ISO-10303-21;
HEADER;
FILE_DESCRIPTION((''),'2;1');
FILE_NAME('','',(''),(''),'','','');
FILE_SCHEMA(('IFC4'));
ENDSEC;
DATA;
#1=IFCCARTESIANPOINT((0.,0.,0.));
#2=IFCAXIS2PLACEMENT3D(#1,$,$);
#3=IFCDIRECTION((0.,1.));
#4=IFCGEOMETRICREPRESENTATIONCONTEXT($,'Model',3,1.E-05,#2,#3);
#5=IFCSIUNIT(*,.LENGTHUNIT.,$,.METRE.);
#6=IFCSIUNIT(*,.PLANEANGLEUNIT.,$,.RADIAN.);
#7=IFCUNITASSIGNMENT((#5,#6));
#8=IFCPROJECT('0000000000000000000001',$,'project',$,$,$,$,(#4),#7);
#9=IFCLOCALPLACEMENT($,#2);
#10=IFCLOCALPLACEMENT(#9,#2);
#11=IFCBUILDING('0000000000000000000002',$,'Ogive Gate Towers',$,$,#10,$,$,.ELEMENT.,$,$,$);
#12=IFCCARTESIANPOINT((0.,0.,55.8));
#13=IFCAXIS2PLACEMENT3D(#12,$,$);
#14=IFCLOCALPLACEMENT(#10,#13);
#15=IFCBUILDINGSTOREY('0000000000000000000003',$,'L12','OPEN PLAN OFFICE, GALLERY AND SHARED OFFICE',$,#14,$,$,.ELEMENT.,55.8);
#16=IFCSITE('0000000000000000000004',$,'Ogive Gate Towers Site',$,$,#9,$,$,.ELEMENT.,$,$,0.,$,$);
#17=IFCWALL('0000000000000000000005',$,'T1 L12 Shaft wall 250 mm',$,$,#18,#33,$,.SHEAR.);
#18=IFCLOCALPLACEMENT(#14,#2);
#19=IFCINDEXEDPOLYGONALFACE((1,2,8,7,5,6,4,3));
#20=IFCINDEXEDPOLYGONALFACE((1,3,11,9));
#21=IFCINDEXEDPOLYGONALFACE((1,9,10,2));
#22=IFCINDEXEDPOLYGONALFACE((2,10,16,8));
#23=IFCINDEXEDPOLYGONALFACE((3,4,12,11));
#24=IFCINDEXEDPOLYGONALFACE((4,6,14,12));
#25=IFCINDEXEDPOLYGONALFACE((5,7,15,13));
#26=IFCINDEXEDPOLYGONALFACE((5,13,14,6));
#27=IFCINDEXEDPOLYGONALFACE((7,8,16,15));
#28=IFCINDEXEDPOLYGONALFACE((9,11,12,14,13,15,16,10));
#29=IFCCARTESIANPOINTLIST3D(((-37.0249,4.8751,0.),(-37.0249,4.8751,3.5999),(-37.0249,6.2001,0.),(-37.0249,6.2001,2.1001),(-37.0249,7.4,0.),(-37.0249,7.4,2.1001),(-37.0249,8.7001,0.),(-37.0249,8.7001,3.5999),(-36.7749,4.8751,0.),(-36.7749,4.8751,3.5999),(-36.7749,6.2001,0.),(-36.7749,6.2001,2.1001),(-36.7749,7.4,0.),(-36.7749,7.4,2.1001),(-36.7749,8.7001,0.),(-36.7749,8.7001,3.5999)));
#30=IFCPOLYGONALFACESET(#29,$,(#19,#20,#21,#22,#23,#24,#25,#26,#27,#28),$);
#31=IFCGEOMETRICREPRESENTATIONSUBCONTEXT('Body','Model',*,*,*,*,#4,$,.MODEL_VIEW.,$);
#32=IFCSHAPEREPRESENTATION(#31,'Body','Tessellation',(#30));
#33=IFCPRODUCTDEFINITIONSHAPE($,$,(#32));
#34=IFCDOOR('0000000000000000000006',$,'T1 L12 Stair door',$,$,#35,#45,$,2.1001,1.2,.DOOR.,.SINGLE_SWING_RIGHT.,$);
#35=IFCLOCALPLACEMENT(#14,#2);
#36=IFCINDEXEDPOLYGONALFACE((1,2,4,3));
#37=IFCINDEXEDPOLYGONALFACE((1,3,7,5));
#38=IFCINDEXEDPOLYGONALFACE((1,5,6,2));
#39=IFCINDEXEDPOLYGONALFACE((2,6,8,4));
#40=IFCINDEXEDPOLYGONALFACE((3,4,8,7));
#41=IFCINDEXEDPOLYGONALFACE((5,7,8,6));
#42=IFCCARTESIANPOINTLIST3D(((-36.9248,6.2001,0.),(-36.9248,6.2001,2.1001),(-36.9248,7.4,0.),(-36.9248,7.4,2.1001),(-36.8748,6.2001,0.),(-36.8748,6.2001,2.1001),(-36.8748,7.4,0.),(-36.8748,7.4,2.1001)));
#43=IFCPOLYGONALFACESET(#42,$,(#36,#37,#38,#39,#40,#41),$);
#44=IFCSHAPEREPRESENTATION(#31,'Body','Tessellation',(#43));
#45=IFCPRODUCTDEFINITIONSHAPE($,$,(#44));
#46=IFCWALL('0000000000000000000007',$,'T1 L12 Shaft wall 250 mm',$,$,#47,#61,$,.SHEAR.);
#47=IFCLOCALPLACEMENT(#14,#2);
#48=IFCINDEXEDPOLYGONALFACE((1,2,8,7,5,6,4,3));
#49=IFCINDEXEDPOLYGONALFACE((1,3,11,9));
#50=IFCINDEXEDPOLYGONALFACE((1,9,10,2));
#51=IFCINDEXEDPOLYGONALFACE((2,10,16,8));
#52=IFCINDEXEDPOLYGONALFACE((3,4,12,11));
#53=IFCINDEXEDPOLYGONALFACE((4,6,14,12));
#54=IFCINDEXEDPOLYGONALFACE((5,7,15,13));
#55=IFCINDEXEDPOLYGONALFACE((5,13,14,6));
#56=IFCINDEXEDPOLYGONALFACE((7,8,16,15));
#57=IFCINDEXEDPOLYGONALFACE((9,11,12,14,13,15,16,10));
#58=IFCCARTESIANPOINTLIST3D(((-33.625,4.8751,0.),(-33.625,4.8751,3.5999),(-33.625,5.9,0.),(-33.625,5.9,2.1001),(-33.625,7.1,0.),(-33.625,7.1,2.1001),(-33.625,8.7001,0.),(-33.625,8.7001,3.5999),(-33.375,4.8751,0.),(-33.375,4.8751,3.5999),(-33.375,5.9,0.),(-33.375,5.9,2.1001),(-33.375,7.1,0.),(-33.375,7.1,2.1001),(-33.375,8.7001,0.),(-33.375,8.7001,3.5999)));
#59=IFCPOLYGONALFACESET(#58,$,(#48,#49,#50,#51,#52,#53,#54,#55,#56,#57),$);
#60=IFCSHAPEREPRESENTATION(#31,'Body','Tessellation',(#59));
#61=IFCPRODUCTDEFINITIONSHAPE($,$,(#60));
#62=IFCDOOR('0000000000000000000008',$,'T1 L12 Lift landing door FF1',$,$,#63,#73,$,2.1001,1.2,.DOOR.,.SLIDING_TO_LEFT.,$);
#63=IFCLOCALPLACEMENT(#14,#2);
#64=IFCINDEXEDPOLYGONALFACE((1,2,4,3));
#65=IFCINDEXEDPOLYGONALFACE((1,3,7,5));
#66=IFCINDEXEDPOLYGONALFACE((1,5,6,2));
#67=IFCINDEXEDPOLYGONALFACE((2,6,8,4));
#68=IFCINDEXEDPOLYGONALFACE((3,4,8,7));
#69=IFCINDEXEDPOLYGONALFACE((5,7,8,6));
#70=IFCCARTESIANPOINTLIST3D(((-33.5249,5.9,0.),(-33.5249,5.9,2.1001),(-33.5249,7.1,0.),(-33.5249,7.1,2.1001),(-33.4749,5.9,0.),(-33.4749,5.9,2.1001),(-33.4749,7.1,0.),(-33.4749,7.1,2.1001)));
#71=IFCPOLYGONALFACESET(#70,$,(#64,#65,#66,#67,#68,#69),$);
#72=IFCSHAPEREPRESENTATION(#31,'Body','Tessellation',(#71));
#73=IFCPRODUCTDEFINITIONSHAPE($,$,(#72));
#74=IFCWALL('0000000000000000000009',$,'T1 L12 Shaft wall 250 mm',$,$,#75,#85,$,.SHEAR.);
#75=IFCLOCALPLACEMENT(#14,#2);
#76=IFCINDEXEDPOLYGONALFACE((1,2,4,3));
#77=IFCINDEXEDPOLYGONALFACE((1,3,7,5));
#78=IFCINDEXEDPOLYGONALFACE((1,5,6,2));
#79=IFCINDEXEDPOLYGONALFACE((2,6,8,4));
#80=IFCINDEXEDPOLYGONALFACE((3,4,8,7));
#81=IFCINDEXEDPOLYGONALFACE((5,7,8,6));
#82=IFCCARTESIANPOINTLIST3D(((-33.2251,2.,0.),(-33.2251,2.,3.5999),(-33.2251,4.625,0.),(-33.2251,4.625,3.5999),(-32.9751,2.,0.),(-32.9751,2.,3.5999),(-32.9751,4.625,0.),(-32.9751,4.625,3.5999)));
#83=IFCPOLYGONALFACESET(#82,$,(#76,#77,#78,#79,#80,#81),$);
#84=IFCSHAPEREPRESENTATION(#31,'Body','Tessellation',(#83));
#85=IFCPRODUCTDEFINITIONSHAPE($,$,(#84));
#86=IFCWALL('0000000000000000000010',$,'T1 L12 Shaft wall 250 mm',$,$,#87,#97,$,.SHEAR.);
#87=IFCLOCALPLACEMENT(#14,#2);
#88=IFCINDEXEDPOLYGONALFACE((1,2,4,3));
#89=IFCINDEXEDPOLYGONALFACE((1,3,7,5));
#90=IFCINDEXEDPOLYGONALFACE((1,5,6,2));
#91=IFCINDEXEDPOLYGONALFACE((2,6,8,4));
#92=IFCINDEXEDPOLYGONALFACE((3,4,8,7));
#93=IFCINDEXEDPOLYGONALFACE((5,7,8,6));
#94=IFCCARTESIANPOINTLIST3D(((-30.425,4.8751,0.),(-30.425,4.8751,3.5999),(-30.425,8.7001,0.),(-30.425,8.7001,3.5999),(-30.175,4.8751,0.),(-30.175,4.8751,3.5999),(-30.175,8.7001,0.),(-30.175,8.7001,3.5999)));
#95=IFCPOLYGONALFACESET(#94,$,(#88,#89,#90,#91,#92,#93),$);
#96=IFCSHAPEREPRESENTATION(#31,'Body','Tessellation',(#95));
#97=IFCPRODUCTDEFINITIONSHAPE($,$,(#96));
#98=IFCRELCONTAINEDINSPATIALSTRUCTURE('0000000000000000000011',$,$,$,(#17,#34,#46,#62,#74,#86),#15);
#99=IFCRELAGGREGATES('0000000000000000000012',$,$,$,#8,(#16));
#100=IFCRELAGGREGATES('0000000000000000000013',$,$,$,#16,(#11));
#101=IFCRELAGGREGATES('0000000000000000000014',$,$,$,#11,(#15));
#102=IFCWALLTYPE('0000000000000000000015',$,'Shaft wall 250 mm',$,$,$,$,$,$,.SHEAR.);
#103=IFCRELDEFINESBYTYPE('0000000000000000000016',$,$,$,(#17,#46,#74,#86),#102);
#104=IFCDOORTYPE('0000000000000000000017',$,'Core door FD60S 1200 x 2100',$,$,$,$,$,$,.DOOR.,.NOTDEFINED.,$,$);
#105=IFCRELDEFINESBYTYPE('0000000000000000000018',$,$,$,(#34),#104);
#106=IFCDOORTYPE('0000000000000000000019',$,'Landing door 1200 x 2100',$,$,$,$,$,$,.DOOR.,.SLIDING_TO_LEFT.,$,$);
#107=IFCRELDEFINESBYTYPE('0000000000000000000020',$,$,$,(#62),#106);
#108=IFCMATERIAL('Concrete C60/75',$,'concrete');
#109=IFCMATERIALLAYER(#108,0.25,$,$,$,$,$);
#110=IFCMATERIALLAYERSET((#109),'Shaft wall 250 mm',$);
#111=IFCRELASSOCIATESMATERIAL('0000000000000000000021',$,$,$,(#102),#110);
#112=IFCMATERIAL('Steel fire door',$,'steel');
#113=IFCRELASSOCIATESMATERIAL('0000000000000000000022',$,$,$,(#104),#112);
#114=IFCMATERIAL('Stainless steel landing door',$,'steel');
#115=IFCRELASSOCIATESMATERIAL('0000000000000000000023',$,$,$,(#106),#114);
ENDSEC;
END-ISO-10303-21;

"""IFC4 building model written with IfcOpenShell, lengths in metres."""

from ifc_helpers import new_model, si_unit, direction, frame, frame_2d, origin, place, context, subcontext, project, spatial, rectangle, extrude, material, layer, layer_set, type_object, element, fill, save


model = new_model("IFC4")

# Units and contexts
model_context = context("Model", 3, precision=1e-05, world=origin(), true_north=direction((0.0, 1.0)))
body_context = subcontext(model_context, "Body", "Model", "MODEL_VIEW")
ifc_project = project(units=[si_unit("LENGTHUNIT", "METRE"), si_unit("PLANEANGLEUNIT", "RADIAN")], contexts=[model_context])

# Site, building, storey
site_placement = place(None, origin())
site = spatial("IfcSite", under=ifc_project, at=site_placement, Name="Ogive Gate Towers Site", CompositionType="ELEMENT", RefElevation=0.0)
building_placement = place(site_placement, origin())
building = spatial("IfcBuilding", under=site, at=building_placement, Name="Ogive Gate Towers", CompositionType="ELEMENT")
storey_placement = place(building_placement, frame((0.0, 0.0, 55.8)))
storey = spatial("IfcBuildingStorey", under=building, at=storey_placement, Name="L12", Description="OPEN PLAN OFFICE, GALLERY AND SHARED OFFICE", CompositionType="ELEMENT", Elevation=55.8)

# Walls, openings, doors
ifc_material_1 = material(Name="Concrete C60/75", Category="concrete")
ifc_layer_1 = layer(ifc_material_1, 0.25)
ifc_layer_set_1 = layer_set([ifc_layer_1], Name="Shaft wall 250 mm")
wall_type_1 = type_object("IfcWallType", Name="Shaft wall 250 mm", PredefinedType="SHEAR", material=ifc_layer_set_1)
wall_1_placement = place(storey_placement, frame((-36.8999, 4.875, 0.0), z_axis=(0.0, 0.0, 1.0), x_axis=(0.0, 1.0, 0.0)))
wall_1 = element("IfcWall", 1, at=wall_1_placement, inside=storey, type_object=wall_type_1, Name="T1 L12 Shaft wall 250 mm", PredefinedType="SHEAR", context=body_context, shape_type="SweptSolid", body=[
    extrude(rectangle(XDim=3.825, YDim=0.25, at=frame_2d((1.9126, 0.0))), origin(), (0.0, 0.0, 1.0), 3.5999),
])
opening_1_placement = place(wall_1_placement, frame((1.325, 0.0, 0.0)))
opening_1 = element("IfcOpeningElement", 2, at=opening_1_placement, cuts=wall_1, PredefinedType="OPENING", context=body_context, shape_type="SweptSolid", body=[
    extrude(rectangle(XDim=1.2, YDim=2.1001, at=frame_2d((0.6001, 1.05))), frame((0.0, 0.135, 0.0), z_axis=(0.0, -1.0, 0.0), x_axis=(1.0, 0.0, 0.0)), (0.0, 0.0, 1.0), 0.27),
])
ifc_material_2 = material(Name="Steel fire door", Category="steel")
door_type_1 = type_object("IfcDoorType", Name="Core door FD60S 1200 x 2100", OperationType="NOTDEFINED", PredefinedType="DOOR", material=ifc_material_2)
door_1_placement = place(opening_1_placement, origin())
door_1 = element("IfcDoor", 3, at=door_1_placement, inside=storey, type_object=door_type_1, Name="T1 L12 Stair door", OperationType="SINGLE_SWING_RIGHT", OverallHeight=2.1001, OverallWidth=1.2, PredefinedType="DOOR", context=body_context, shape_type="SweptSolid", body=[
    extrude(rectangle(XDim=1.2, YDim=2.1001, at=frame_2d((0.6001, 1.05))), frame((0.0, 0.0249, 0.0), z_axis=(0.0, -1.0, 0.0), x_axis=(1.0, 0.0, 0.0)), (0.0, 0.0, 1.0), 0.05),
])
fill(opening_1, door_1)
wall_2_placement = place(storey_placement, frame((-33.5, 4.875, 0.0), z_axis=(0.0, 0.0, 1.0), x_axis=(0.0, 1.0, 0.0)))
wall_2 = element("IfcWall", 4, at=wall_2_placement, inside=storey, type_object=wall_type_1, Name="T1 L12 Shaft wall 250 mm", PredefinedType="SHEAR", context=body_context, shape_type="SweptSolid", body=[
    extrude(rectangle(XDim=3.825, YDim=0.25, at=frame_2d((1.9126, 0.0))), origin(), (0.0, 0.0, 1.0), 3.5999),
])
opening_2_placement = place(wall_2_placement, frame((1.0249, 0.0, 0.0)))
opening_2 = element("IfcOpeningElement", 5, at=opening_2_placement, cuts=wall_2, PredefinedType="OPENING", context=body_context, shape_type="SweptSolid", body=[
    extrude(rectangle(XDim=1.2, YDim=2.1001, at=frame_2d((0.6001, 1.05))), frame((0.0, 0.135, 0.0), z_axis=(0.0, -1.0, 0.0), x_axis=(1.0, 0.0, 0.0)), (0.0, 0.0, 1.0), 0.27),
])
ifc_material_3 = material(Name="Stainless steel landing door", Category="steel")
door_type_2 = type_object("IfcDoorType", Name="Landing door 1200 x 2100", OperationType="SLIDING_TO_LEFT", PredefinedType="DOOR", material=ifc_material_3)
door_2_placement = place(opening_2_placement, origin())
door_2 = element("IfcDoor", 6, at=door_2_placement, inside=storey, type_object=door_type_2, Name="T1 L12 Lift landing door FF1", OperationType="SLIDING_TO_LEFT", OverallHeight=2.1001, OverallWidth=1.2, PredefinedType="DOOR", context=body_context, shape_type="SweptSolid", body=[
    extrude(rectangle(XDim=1.2, YDim=2.1001, at=frame_2d((0.6001, 1.05))), frame((0.0, 0.0249, 0.0), z_axis=(0.0, -1.0, 0.0), x_axis=(1.0, 0.0, 0.0)), (0.0, 0.0, 1.0), 0.05),
])
fill(opening_2, door_2)

# Walls
wall_3_placement = place(storey_placement, frame((-33.1001, 2.0, 0.0), z_axis=(0.0, 0.0, 1.0), x_axis=(0.0, 1.0, 0.0)))
element("IfcWall", 7, at=wall_3_placement, inside=storey, type_object=wall_type_1, Name="T1 L12 Shaft wall 250 mm", PredefinedType="SHEAR", context=body_context, shape_type="SweptSolid", body=[
    extrude(rectangle(XDim=2.625, YDim=0.25, at=frame_2d((1.3125, 0.0))), origin(), (0.0, 0.0, 1.0), 3.5999),
])
wall_4_placement = place(storey_placement, frame((-30.3, 4.875, 0.0), z_axis=(0.0, 0.0, 1.0), x_axis=(0.0, 1.0, 0.0)))
element("IfcWall", 8, at=wall_4_placement, inside=storey, type_object=wall_type_1, Name="T1 L12 Shaft wall 250 mm", PredefinedType="SHEAR", context=body_context, shape_type="SweptSolid", body=[
    extrude(rectangle(XDim=3.825, YDim=0.25, at=frame_2d((1.9126, 0.0))), origin(), (0.0, 0.0, 1.0), 3.5999),
])

save(model, "model.ifc")
